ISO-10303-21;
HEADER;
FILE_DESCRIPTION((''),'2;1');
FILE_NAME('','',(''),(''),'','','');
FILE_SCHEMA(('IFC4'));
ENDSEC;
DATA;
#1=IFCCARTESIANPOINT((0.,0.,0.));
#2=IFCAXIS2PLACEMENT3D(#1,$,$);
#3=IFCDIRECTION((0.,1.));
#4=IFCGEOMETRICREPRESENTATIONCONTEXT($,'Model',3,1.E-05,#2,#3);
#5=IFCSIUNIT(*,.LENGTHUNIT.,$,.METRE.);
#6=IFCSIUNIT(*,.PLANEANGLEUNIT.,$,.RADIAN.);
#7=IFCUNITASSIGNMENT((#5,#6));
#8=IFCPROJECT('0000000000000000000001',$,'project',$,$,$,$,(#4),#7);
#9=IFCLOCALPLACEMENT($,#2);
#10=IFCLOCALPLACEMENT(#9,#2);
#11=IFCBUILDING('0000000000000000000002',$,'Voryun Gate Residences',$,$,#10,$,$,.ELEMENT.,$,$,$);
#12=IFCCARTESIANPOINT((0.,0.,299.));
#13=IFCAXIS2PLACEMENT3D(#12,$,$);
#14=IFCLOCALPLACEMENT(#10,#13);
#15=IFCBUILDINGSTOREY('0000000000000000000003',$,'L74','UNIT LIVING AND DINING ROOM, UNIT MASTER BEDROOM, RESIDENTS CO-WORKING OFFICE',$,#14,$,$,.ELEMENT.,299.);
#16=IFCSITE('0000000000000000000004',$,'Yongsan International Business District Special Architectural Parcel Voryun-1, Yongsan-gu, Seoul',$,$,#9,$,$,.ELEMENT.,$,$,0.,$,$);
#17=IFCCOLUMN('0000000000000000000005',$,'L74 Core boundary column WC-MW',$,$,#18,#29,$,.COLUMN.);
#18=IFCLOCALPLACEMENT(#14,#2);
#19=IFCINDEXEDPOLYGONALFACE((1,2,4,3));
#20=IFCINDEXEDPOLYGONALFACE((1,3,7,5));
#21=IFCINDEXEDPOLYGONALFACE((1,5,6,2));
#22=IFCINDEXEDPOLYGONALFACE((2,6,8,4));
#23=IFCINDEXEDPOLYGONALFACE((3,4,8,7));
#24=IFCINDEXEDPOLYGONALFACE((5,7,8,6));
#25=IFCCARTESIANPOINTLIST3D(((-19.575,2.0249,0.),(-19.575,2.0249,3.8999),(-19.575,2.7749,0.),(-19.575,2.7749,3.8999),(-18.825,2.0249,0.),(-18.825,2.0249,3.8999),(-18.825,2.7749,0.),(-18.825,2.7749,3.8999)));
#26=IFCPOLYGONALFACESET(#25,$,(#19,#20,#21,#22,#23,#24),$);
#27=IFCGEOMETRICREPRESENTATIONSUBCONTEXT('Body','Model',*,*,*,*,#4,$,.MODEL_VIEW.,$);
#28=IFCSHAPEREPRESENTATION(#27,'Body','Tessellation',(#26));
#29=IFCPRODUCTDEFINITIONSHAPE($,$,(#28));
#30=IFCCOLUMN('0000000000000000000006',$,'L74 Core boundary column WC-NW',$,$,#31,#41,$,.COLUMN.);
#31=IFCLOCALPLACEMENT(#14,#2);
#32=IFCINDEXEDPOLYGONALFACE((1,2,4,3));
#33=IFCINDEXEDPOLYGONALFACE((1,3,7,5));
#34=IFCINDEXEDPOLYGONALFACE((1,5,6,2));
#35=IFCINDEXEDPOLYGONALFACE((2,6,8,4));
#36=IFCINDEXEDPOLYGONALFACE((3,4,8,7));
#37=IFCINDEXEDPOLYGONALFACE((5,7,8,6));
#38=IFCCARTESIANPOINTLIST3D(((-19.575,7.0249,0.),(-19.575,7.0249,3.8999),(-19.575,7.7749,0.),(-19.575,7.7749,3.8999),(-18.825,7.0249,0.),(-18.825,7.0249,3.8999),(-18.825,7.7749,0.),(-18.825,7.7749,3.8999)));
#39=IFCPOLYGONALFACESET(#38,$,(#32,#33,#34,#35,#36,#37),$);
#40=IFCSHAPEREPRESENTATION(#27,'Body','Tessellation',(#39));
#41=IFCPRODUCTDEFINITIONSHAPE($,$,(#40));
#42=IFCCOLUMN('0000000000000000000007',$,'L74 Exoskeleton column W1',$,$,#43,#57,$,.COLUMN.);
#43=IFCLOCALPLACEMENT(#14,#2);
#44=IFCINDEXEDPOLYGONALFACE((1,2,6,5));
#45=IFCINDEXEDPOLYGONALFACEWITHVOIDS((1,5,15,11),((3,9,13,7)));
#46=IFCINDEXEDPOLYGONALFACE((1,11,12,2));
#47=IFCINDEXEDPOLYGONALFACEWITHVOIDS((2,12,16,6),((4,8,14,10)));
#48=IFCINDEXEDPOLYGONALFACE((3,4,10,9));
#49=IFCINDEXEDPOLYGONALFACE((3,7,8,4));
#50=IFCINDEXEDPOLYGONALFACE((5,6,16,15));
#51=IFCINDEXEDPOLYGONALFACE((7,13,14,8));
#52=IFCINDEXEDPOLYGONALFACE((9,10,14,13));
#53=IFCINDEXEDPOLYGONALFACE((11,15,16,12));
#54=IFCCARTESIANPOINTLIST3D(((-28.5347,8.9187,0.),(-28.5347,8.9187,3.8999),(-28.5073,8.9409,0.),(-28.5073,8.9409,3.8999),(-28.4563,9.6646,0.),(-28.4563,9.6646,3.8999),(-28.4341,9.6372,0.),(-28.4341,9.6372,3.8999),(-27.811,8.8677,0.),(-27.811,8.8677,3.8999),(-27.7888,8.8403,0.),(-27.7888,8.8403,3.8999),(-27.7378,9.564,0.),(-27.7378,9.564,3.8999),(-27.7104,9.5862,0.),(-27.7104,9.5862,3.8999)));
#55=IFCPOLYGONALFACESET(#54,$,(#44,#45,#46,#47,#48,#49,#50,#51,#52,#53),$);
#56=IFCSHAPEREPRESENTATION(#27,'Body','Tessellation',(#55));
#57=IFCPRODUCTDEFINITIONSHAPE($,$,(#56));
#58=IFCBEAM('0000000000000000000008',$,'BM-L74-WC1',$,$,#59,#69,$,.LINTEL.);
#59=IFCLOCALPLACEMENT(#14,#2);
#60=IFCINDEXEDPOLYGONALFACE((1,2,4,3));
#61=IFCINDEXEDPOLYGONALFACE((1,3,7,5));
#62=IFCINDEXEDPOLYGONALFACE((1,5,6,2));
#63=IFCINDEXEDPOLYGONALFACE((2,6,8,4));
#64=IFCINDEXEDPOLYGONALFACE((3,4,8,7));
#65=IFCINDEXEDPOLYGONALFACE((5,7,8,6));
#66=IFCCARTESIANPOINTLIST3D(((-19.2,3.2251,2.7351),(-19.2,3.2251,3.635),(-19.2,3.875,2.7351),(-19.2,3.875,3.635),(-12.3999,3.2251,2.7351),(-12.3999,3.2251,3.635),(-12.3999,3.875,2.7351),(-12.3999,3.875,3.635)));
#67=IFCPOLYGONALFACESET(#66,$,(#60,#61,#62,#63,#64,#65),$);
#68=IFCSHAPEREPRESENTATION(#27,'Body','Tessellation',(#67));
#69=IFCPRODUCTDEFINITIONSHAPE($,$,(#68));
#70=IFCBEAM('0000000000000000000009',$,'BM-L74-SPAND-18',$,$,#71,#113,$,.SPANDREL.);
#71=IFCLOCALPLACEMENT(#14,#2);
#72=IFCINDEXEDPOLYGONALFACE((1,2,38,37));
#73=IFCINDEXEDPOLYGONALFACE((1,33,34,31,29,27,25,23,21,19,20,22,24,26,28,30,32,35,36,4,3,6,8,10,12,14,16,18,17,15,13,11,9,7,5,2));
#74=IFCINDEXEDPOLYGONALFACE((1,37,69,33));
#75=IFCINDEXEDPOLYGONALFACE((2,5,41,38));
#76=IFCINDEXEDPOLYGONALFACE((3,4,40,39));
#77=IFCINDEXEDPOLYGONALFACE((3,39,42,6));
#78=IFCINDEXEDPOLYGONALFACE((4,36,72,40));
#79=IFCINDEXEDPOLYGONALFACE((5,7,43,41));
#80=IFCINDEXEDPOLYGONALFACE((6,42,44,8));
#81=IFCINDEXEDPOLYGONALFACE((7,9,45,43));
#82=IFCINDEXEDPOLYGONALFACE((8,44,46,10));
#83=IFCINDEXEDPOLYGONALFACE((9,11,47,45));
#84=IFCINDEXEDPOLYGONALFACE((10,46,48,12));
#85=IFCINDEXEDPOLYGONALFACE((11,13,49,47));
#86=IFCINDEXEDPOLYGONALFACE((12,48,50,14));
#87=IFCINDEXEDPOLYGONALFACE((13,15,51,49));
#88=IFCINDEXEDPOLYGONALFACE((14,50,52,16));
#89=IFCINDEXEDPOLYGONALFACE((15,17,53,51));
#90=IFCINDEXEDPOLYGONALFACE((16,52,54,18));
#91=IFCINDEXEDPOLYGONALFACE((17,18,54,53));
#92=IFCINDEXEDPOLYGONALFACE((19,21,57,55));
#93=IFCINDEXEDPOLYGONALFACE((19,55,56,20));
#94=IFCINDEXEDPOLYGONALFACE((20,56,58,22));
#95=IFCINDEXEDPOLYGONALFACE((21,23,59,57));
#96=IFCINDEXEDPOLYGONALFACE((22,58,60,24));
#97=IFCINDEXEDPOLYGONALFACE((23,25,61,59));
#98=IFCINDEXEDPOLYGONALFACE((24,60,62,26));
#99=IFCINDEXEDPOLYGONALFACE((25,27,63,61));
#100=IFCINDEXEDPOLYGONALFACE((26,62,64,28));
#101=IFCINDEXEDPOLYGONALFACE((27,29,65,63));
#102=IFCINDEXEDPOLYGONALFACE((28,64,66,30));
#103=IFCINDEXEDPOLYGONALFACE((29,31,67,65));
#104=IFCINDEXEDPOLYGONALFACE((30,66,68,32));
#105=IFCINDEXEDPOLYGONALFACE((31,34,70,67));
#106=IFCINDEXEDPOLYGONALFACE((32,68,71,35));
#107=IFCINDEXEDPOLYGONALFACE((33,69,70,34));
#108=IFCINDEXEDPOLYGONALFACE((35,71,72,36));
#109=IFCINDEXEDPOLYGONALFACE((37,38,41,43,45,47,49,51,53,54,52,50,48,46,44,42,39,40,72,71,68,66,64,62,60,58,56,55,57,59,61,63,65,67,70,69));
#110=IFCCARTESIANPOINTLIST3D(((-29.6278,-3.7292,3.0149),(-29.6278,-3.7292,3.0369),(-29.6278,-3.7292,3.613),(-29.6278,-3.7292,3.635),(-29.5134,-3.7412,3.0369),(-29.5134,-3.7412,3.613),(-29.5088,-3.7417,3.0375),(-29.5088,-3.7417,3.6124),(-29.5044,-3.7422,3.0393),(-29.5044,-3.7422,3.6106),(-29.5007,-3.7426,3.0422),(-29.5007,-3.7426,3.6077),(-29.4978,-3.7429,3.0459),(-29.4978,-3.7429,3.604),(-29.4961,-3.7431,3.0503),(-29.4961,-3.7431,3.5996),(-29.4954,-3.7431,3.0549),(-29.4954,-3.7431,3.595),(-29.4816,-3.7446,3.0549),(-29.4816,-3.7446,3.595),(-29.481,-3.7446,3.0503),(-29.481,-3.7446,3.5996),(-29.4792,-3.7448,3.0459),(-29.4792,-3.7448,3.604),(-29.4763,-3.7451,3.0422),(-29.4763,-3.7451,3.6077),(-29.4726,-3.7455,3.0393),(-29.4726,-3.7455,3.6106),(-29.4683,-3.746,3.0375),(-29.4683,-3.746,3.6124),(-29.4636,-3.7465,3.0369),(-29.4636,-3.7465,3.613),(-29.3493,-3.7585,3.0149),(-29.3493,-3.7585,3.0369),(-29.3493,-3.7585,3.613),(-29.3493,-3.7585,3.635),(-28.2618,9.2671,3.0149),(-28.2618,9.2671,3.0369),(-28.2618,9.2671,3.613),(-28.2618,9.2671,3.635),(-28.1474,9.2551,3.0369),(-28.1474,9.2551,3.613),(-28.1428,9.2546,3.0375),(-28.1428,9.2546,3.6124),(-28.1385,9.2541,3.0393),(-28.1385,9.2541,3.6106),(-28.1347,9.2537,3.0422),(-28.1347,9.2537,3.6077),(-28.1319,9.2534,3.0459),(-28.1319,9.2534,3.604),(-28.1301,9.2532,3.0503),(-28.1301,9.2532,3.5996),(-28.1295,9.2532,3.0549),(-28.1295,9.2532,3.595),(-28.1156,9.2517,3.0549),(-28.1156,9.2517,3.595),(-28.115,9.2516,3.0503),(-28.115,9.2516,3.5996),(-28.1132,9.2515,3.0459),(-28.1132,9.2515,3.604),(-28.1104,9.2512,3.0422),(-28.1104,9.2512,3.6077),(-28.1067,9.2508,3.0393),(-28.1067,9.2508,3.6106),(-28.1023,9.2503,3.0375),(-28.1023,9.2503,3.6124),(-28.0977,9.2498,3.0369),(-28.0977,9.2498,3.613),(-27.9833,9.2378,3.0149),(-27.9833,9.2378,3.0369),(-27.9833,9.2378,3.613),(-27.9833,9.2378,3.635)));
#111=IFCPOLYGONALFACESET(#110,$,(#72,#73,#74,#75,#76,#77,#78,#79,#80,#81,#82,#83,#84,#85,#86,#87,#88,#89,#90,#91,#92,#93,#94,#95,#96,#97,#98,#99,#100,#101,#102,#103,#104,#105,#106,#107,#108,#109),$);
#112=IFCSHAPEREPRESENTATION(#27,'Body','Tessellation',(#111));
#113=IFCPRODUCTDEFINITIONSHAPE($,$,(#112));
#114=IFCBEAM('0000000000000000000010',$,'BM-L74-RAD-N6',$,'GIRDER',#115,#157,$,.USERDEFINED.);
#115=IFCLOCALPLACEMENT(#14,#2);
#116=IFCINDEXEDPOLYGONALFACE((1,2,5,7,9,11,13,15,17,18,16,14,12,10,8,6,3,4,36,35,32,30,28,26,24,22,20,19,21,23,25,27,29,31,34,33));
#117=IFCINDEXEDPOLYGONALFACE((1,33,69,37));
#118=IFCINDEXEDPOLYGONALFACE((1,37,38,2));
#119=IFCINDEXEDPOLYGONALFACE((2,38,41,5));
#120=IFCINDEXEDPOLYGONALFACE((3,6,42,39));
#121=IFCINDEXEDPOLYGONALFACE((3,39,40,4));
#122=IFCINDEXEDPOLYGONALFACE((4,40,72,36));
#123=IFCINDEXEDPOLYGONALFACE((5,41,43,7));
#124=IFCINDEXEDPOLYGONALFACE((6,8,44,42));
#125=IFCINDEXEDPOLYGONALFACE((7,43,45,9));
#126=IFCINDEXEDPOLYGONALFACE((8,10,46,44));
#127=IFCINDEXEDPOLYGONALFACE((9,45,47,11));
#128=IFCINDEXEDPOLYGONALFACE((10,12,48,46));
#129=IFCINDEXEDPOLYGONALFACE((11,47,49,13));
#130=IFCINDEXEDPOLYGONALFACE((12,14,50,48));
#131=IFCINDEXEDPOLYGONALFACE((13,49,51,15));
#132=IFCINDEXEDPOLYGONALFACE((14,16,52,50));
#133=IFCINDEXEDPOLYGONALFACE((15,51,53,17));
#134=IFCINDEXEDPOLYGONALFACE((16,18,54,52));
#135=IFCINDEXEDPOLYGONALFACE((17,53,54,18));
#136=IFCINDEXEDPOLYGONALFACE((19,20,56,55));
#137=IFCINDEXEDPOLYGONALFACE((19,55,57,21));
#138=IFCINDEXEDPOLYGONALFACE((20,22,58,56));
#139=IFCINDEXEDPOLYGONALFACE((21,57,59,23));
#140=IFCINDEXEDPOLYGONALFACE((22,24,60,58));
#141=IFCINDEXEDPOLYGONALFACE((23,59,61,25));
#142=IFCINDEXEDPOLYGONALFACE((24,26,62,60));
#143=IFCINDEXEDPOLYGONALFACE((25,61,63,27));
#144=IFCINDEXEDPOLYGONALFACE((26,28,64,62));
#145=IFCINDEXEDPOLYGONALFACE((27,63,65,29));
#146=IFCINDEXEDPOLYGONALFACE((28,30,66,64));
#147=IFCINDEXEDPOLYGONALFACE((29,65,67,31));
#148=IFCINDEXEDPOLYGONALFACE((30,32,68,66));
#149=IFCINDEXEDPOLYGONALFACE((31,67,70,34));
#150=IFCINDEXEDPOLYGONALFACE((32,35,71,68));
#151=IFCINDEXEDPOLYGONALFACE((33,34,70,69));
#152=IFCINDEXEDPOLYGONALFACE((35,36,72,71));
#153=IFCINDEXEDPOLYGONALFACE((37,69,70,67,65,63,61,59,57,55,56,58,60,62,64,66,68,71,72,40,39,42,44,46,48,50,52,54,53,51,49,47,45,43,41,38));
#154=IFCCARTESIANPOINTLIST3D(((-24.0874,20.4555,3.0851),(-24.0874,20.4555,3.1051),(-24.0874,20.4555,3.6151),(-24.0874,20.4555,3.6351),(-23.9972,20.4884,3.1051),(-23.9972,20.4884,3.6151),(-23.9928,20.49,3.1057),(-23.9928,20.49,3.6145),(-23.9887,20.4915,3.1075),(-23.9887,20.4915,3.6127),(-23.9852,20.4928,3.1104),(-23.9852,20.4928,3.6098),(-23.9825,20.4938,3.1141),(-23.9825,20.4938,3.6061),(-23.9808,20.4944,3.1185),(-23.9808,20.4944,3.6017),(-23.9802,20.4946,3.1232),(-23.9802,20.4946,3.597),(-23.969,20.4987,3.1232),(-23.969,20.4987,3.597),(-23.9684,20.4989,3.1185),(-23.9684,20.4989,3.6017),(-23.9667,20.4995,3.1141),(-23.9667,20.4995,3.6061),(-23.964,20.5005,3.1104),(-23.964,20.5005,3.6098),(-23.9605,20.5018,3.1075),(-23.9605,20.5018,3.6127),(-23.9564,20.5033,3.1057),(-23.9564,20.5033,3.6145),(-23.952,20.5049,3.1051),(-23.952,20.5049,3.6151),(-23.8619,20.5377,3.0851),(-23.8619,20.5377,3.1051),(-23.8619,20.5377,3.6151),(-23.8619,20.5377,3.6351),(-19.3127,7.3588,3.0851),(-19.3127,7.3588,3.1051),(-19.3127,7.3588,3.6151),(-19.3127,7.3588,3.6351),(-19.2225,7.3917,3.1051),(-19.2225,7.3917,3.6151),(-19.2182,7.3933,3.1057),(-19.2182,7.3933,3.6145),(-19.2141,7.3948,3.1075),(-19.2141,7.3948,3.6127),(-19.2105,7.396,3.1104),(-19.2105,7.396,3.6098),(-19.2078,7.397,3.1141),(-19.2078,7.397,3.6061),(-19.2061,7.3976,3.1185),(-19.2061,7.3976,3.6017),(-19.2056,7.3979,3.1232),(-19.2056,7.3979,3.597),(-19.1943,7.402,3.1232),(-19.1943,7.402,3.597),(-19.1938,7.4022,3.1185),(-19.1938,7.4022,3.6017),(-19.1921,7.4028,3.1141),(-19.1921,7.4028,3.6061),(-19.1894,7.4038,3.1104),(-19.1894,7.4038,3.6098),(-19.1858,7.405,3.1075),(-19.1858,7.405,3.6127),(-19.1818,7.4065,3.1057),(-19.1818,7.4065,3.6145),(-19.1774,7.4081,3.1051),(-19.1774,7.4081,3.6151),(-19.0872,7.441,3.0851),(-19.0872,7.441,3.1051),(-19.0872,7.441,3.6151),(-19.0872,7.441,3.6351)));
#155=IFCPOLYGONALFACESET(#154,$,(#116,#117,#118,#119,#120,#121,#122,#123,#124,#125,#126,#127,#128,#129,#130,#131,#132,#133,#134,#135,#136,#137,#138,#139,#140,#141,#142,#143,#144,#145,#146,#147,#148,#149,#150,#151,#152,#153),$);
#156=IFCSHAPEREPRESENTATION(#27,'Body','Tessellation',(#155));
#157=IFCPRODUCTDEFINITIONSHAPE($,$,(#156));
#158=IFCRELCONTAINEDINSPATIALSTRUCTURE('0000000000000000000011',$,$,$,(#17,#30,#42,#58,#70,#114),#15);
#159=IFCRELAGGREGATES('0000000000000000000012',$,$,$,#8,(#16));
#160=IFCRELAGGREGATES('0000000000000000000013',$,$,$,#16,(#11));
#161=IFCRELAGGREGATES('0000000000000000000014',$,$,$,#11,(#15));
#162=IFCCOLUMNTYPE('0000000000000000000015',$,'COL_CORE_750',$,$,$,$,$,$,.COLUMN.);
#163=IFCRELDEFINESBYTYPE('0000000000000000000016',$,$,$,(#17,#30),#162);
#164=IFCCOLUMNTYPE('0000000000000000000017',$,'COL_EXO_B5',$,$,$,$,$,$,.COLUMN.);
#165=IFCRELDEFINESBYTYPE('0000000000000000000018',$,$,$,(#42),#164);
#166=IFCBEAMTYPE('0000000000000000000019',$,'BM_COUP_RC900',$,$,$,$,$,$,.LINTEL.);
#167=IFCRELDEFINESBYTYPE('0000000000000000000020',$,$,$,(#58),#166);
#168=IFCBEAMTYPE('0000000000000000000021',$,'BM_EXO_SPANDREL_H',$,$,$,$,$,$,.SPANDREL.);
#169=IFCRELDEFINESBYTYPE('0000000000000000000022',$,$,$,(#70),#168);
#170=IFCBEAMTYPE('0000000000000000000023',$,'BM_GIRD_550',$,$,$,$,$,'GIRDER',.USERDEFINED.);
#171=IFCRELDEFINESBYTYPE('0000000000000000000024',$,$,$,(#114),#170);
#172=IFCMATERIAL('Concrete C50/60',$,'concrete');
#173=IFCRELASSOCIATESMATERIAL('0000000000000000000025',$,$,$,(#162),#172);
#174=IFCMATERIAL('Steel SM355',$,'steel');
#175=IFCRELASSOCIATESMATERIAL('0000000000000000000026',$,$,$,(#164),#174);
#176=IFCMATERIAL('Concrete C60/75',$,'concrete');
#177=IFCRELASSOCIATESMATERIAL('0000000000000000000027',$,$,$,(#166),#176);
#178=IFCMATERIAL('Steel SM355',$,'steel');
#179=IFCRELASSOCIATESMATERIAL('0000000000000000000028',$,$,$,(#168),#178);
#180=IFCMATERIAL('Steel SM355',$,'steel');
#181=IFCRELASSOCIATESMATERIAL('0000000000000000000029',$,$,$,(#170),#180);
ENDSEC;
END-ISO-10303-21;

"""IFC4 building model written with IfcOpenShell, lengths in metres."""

from ifc_helpers import new_model, si_unit, direction, frame, origin, origin_2d, place, context, subcontext, project, spatial, rectangle, hollow_rectangle, i_section, extrude, material, material_profile, profile_set, type_object, element, save


model = new_model("IFC4")

# Units and contexts
model_context = context("Model", 3, precision=1e-05, world=origin(), true_north=direction((0.0, 1.0)))
body_context = subcontext(model_context, "Body", "Model", "MODEL_VIEW")
ifc_project = project(units=[si_unit("LENGTHUNIT", "METRE"), si_unit("PLANEANGLEUNIT", "RADIAN")], contexts=[model_context])

# Site, building, storey
site_placement = place(None, origin())
site = spatial("IfcSite", under=ifc_project, at=site_placement, Name="Yongsan International Business District Special Architectural Parcel Voryun-1, Yongsan-gu, Seoul", CompositionType="ELEMENT", RefElevation=0.0)
building_placement = place(site_placement, origin())
building = spatial("IfcBuilding", under=site, at=building_placement, Name="Voryun Gate Residences", CompositionType="ELEMENT")
storey_placement = place(building_placement, frame((0.0, 0.0, 299.0)))
storey = spatial("IfcBuildingStorey", under=building, at=storey_placement, Name="L74", Description="UNIT LIVING AND DINING ROOM, UNIT MASTER BEDROOM, RESIDENTS CO-WORKING OFFICE", CompositionType="ELEMENT", Elevation=299.0)

# Columns
ifc_material_1 = material(Name="Concrete C50/60", Category="concrete")
ifc_material_profile_1 = material_profile(ifc_material_1, rectangle(XDim=0.75, YDim=0.75, at=origin_2d()), Name="RC-750x750")
ifc_profile_set_1 = profile_set([ifc_material_profile_1], Name="Concrete C50/60")
column_type_1 = type_object("IfcColumnType", Name="COL_CORE_750", PredefinedType="COLUMN", material=ifc_profile_set_1)
for number, where, z_axis, x_axis, name in (
    (1, (-19.2, 2.3999, 0.0), (0.0, 0.0, 1.0), (1.0, 0.0, 0.0), "L74 Core boundary column WC-MW"),
    (2, (-19.2, 7.3999, 0.0), (0.0, 0.0, 1.0), (1.0, 0.0, 0.0), "L74 Core boundary column WC-NW"),
):
    element("IfcColumn", number, at=place(storey_placement, frame(where, z_axis=z_axis, x_axis=x_axis)), inside=storey, type_object=column_type_1, Name=name, PredefinedType="COLUMN", context=body_context, shape_type="SweptSolid", body=[
        extrude(rectangle(XDim=0.75, YDim=0.75, at=origin_2d()), origin(), (0.0, 0.0, 1.0), 3.8999),
    ])
ifc_material_2 = material(Name="Steel SM355", Category="steel")
ifc_material_profile_2 = material_profile(ifc_material_2, hollow_rectangle(XDim=0.75, YDim=0.75, WallThickness=0.0249, at=origin_2d()), Name="BOX-750x750x25")
ifc_profile_set_2 = profile_set([ifc_material_profile_2], Name="Steel SM355")
column_type_2 = type_object("IfcColumnType", Name="COL_EXO_B5", PredefinedType="COLUMN", material=ifc_profile_set_2)
column_placement = place(storey_placement, frame((-28.1226, 9.2524, 0.0), z_axis=(0.0, 0.0, 1.0), x_axis=(0.994522, -0.104528, 0.0)))
element("IfcColumn", 3, at=column_placement, inside=storey, type_object=column_type_2, Name="L74 Exoskeleton column W1", PredefinedType="COLUMN", context=body_context, shape_type="SweptSolid", body=[
    extrude(hollow_rectangle(XDim=0.75, YDim=0.75, WallThickness=0.0249, at=origin_2d()), origin(), (0.0, 0.0, 1.0), 3.8999),
])

# Beams
ifc_material_3 = material(Name="Concrete C60/75", Category="concrete")
ifc_material_profile_3 = material_profile(ifc_material_3, rectangle(XDim=0.6499, YDim=0.8999, at=origin_2d()), Name="RC-650x900")
ifc_profile_set_3 = profile_set([ifc_material_profile_3], Name="Concrete C60/75")
beam_type_1 = type_object("IfcBeamType", Name="BM_COUP_RC900", PredefinedType="LINTEL", material=ifc_profile_set_3)
beam_1_placement = place(storey_placement, frame((-19.2, 3.55, 3.1851), z_axis=(1.0, 0.0, 0.0), x_axis=(0.0, 1.0, 0.0)))
element("IfcBeam", 4, at=beam_1_placement, inside=storey, type_object=beam_type_1, Name="BM-L74-WC1", PredefinedType="LINTEL", context=body_context, shape_type="SweptSolid", body=[
    extrude(rectangle(XDim=0.6499, YDim=0.8999, at=origin_2d()), origin(), (0.0, 0.0, 1.0), 6.8),
])
ifc_material_4 = material(Name="Steel SM355", Category="steel")
ifc_material_profile_4 = material_profile(ifc_material_4, i_section(OverallWidth=0.28, OverallDepth=0.6201, WebThickness=0.0139, FlangeThickness=0.022, FilletRadius=0.0181, at=origin_2d()), Name="H-620x280x14x22")
ifc_profile_set_4 = profile_set([ifc_material_profile_4], Name="Steel SM355")
beam_type_2 = type_object("IfcBeamType", Name="BM_EXO_SPANDREL_H", PredefinedType="SPANDREL", material=ifc_profile_set_4)
beam_2_placement = place(storey_placement, frame((-28.1226, 9.2524, 3.325), z_axis=(-0.104528, -0.994522, 0.0), x_axis=(0.994522, -0.104528, 0.0)))
element("IfcBeam", 5, at=beam_2_placement, inside=storey, type_object=beam_type_2, Name="BM-L74-SPAND-18", PredefinedType="SPANDREL", context=body_context, shape_type="SweptSolid", body=[
    extrude(i_section(OverallWidth=0.28, OverallDepth=0.6201, WebThickness=0.0139, FlangeThickness=0.022, FilletRadius=0.0181, at=origin_2d()), origin(), (0.0, 0.0, 1.0), 13.0679),
])
ifc_material_5 = material(Name="Steel SM355", Category="steel")
ifc_material_profile_5 = material_profile(ifc_material_5, i_section(OverallWidth=0.24, OverallDepth=0.55, WebThickness=0.012, FlangeThickness=0.02, FilletRadius=0.0181, at=origin_2d()), Name="H-550x240x12x20")
ifc_profile_set_5 = profile_set([ifc_material_profile_5], Name="Steel SM355")
beam_type_3 = type_object("IfcBeamType", Name="BM_GIRD_550", ElementType="GIRDER", PredefinedType="USERDEFINED", material=ifc_profile_set_5)
beam_3_placement = place(storey_placement, frame((-19.2, 7.3999, 3.3601), z_axis=(-0.342518, 0.939511, 0.0), x_axis=(-0.939511, -0.342518, 0.0)))
element("IfcBeam", 6, at=beam_3_placement, inside=storey, type_object=beam_type_3, Name="BM-L74-RAD-N6", ObjectType="GIRDER", PredefinedType="USERDEFINED", context=body_context, shape_type="SweptSolid", body=[
    extrude(i_section(OverallWidth=0.24, OverallDepth=0.55, WebThickness=0.012, FlangeThickness=0.02, FilletRadius=0.0181, at=origin_2d()), origin(), (0.0, 0.0, 1.0), 13.9399),
])

save(model, "model.ifc")
